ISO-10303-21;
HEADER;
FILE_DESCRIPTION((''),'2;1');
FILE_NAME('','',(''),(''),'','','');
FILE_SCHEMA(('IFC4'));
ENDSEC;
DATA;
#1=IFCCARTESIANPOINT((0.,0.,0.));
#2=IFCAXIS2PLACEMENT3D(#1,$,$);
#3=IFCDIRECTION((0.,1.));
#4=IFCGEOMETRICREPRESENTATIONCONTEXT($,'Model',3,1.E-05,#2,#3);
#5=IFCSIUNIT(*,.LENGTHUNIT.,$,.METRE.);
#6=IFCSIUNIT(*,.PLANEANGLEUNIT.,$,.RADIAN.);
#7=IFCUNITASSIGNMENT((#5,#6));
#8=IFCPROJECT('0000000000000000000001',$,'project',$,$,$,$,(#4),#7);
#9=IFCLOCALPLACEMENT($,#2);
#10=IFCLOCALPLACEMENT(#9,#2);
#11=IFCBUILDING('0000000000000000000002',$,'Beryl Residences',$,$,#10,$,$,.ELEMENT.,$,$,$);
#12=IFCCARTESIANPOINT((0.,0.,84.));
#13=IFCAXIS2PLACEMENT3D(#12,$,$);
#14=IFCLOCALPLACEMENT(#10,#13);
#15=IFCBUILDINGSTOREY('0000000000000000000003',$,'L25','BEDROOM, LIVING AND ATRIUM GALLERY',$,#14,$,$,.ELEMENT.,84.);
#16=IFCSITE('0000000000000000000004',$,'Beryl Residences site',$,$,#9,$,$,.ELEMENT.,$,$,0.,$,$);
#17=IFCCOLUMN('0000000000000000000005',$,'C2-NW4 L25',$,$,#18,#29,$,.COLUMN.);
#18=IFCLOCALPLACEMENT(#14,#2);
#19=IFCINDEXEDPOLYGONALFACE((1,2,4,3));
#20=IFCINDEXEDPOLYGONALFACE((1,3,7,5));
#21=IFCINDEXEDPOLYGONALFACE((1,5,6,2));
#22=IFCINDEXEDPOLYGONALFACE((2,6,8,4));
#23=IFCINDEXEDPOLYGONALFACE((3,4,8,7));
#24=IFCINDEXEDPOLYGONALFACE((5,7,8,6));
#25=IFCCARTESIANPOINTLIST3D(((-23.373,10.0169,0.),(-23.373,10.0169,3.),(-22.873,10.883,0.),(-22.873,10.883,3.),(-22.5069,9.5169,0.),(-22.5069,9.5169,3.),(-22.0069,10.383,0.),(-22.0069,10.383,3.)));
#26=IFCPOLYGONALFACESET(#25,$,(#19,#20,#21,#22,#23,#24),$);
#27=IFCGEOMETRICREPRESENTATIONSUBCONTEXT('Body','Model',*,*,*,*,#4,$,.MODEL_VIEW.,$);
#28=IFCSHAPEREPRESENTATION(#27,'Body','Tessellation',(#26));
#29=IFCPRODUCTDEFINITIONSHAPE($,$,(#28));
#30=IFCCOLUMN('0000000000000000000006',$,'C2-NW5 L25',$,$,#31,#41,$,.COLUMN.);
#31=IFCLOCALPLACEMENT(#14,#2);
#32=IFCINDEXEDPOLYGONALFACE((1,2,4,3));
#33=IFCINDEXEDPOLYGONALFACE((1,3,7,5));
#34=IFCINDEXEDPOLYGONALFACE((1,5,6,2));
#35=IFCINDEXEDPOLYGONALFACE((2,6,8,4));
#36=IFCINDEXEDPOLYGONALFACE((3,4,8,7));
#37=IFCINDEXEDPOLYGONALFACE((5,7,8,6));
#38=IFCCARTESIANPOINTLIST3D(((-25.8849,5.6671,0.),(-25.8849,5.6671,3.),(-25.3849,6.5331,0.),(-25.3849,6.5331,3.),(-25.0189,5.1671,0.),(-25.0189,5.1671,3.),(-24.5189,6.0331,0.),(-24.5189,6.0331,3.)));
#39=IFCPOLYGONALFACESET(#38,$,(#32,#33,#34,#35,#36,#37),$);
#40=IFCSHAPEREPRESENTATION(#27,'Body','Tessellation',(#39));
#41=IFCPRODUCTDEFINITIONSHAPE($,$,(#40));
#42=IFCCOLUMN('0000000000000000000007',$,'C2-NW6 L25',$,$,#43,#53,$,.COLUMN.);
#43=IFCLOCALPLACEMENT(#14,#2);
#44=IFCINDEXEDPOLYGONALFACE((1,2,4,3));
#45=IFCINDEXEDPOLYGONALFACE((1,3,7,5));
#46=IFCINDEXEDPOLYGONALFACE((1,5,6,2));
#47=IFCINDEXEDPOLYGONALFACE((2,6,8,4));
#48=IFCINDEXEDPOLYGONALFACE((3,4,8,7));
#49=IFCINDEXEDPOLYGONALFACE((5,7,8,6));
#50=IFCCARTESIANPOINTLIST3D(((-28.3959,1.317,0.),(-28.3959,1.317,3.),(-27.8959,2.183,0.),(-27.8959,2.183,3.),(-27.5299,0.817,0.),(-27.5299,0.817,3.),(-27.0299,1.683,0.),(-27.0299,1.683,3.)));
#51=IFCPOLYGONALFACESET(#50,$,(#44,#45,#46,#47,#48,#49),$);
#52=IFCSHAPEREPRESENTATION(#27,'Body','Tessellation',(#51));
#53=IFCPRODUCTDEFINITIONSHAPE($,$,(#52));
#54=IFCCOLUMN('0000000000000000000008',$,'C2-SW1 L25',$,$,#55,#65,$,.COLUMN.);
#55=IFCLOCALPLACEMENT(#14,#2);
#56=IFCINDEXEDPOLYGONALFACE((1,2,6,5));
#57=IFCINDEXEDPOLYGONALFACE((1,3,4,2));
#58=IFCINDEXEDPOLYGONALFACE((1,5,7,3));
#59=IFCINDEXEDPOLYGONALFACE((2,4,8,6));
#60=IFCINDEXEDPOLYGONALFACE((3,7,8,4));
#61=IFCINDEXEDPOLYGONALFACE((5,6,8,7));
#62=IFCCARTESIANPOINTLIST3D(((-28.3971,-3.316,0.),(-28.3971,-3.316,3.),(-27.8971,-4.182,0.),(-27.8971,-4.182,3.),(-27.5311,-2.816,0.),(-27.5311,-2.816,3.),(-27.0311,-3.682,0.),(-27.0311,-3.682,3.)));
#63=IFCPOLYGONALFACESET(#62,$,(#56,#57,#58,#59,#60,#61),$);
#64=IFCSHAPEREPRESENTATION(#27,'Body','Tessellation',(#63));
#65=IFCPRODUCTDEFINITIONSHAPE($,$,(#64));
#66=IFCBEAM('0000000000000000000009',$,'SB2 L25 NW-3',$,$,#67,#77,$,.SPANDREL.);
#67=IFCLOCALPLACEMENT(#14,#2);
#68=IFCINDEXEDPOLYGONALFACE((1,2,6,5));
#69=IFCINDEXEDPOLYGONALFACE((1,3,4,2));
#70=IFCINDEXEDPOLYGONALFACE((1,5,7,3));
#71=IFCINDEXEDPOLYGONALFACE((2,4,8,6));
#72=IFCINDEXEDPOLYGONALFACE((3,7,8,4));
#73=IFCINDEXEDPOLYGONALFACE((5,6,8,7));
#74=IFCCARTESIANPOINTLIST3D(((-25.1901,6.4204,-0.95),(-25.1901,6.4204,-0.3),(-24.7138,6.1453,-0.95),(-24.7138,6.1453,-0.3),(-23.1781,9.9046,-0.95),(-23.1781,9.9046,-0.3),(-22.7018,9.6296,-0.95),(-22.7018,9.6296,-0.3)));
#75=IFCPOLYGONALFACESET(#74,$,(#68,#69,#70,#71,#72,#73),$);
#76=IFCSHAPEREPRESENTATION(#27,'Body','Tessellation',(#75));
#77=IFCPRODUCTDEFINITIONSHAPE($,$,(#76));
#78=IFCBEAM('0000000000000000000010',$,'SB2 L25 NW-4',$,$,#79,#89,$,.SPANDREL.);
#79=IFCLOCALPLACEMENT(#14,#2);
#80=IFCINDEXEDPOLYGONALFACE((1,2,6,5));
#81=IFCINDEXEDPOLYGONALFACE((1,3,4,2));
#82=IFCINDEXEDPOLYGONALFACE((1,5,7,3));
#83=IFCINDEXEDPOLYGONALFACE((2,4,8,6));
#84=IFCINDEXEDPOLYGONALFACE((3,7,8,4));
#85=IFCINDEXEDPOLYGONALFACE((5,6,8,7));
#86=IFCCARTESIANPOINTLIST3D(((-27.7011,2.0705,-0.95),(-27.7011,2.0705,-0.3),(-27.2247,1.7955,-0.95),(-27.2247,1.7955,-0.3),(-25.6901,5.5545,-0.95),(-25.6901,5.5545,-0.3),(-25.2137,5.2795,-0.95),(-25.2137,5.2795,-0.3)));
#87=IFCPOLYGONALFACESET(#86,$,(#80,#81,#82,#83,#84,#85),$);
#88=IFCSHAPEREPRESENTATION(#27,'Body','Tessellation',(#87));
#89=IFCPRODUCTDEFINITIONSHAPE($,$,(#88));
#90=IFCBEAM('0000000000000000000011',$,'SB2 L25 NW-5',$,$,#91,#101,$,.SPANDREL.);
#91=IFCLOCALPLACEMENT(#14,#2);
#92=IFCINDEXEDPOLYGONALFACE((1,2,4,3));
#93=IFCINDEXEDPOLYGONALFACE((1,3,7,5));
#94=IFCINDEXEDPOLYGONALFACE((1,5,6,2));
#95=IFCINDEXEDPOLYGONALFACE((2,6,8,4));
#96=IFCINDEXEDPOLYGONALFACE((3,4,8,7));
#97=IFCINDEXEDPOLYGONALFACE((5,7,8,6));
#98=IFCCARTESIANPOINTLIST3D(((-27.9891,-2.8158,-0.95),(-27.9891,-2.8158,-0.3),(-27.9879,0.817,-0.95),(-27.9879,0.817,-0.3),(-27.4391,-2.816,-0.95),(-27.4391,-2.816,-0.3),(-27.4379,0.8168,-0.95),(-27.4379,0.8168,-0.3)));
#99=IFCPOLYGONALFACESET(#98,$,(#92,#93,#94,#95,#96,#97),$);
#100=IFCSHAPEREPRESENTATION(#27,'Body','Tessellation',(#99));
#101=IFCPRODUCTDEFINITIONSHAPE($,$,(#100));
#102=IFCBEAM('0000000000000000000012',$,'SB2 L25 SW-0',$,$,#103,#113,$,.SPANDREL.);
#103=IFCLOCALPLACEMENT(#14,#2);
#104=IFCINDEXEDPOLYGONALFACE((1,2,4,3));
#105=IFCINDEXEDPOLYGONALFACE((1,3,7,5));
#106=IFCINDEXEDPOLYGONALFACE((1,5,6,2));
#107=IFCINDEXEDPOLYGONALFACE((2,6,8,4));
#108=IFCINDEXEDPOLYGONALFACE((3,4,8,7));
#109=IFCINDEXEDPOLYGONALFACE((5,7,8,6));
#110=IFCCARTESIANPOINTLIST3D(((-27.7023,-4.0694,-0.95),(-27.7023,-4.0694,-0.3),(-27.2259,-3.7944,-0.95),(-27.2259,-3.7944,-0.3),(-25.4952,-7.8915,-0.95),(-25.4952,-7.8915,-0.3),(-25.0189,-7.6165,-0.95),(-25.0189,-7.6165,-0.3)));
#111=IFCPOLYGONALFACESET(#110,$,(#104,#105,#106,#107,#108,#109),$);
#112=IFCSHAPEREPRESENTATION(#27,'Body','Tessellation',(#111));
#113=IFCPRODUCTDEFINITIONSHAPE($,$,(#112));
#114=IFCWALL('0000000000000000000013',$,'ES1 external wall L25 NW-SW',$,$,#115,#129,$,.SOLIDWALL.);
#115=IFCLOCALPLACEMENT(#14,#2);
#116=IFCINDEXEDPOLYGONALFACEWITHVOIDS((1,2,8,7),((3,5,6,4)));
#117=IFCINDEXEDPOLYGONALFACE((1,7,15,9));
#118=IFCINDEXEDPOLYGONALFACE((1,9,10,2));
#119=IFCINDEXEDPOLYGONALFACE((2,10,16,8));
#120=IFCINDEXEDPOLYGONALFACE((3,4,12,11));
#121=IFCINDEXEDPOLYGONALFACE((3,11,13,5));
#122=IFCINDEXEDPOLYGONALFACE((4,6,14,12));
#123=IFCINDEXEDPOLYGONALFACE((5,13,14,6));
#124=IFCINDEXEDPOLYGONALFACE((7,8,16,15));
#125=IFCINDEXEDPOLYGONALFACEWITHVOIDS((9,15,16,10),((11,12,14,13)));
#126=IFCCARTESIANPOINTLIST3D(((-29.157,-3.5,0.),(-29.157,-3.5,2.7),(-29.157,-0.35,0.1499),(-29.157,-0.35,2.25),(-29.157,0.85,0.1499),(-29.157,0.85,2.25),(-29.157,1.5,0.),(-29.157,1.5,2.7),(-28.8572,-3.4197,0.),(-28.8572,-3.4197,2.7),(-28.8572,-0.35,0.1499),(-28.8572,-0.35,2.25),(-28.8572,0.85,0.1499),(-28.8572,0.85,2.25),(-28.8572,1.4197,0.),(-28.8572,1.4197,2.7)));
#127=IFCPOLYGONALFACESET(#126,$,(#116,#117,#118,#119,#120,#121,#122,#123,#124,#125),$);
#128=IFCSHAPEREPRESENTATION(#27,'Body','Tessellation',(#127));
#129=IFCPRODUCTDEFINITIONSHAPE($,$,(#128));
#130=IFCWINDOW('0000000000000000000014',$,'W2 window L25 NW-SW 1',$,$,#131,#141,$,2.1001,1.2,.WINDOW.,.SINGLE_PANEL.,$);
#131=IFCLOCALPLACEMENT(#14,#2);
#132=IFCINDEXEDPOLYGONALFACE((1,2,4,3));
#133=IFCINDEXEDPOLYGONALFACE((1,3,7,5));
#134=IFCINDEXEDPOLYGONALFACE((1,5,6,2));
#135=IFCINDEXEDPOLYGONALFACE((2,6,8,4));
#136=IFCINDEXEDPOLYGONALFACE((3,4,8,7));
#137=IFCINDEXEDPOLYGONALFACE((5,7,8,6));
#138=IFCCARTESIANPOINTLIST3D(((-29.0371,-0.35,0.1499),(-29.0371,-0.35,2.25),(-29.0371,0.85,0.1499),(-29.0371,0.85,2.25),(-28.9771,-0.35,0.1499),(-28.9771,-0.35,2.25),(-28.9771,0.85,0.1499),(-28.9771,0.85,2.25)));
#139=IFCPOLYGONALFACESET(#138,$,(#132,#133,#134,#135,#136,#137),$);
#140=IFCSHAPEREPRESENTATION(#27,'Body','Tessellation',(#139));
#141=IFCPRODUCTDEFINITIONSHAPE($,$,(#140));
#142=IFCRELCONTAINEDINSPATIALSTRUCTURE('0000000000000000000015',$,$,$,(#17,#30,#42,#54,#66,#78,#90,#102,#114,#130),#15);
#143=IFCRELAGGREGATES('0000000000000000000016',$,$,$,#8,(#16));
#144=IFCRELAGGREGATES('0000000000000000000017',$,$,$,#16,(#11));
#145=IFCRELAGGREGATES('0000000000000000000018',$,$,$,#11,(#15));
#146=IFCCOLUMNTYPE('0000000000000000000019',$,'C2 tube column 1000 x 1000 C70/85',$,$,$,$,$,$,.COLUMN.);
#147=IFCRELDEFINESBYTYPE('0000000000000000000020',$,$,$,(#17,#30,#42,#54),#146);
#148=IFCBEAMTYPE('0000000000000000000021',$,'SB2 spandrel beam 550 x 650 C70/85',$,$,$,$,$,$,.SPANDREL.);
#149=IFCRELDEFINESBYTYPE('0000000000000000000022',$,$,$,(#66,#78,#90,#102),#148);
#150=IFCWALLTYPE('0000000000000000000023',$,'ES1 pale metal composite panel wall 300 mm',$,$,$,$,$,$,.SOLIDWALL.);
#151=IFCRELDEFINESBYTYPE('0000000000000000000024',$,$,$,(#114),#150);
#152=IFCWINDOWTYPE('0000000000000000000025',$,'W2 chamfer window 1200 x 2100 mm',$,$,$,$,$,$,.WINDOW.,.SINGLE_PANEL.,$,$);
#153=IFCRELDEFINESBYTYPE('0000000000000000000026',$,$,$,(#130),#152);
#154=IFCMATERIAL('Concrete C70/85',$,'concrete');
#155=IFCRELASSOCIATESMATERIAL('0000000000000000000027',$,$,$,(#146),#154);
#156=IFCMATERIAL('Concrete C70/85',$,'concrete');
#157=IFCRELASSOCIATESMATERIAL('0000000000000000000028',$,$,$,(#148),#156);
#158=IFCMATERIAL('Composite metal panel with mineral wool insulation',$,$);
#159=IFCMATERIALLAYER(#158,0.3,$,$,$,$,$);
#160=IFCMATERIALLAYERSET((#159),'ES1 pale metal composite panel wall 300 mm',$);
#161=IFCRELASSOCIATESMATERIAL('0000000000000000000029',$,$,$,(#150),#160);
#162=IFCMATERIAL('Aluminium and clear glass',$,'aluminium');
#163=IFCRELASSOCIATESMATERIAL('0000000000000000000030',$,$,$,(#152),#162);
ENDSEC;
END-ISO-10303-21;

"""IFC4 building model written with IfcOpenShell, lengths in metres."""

from ifc_helpers import new_model, si_unit, direction, frame, frame_2d, origin, origin_2d, place, context, subcontext, project, spatial, polyline, rectangle, outline, extrude, material, layer, layer_set, material_profile, profile_set, type_object, element, fill, save


model = new_model("IFC4")

# Units and contexts
model_context = context("Model", 3, precision=1e-05, world=origin(), true_north=direction((0.0, 1.0)))
body_context = subcontext(model_context, "Body", "Model", "MODEL_VIEW")
ifc_project = project(units=[si_unit("LENGTHUNIT", "METRE"), si_unit("PLANEANGLEUNIT", "RADIAN")], contexts=[model_context])

# Site, building, storey
site_placement = place(None, origin())
site = spatial("IfcSite", under=ifc_project, at=site_placement, Name="Beryl Residences site", CompositionType="ELEMENT", RefElevation=0.0)
building_placement = place(site_placement, origin())
building = spatial("IfcBuilding", under=site, at=building_placement, Name="Beryl Residences", CompositionType="ELEMENT")
storey_placement = place(building_placement, frame((0.0, 0.0, 84.0)))
storey = spatial("IfcBuildingStorey", under=building, at=storey_placement, Name="L25", Description="BEDROOM, LIVING AND ATRIUM GALLERY", CompositionType="ELEMENT", Elevation=84.0)

# Columns
ifc_material_1 = material(Name="Concrete C70/85", Category="concrete")
ifc_material_profile_1 = material_profile(ifc_material_1, rectangle(XDim=1.0, YDim=1.0, at=origin_2d()))
ifc_profile_set_1 = profile_set([ifc_material_profile_1], Name="Concrete C70/85")
column_type = type_object("IfcColumnType", Name="C2 tube column 1000 x 1000 C70/85", PredefinedType="COLUMN", material=ifc_profile_set_1)
for number, where, z_axis, x_axis, name in (
    (1, (-22.6899, 10.2, 0.0), (0.0, 0.0, 1.0), (-0.5, -0.866025, 0.0), "C2-NW4 L25"),
    (2, (-25.2019, 5.8501, 0.0), (0.0, 0.0, 1.0), (-0.5, -0.866025, 0.0), "C2-NW5 L25"),
    (3, (-27.7129, 1.5, 0.0), (0.0, 0.0, 1.0), (-0.5, -0.866025, 0.0), "C2-NW6 L25"),
    (4, (-27.7141, -3.499, 0.0), (0.0, 0.0, 1.0), (0.5, -0.866025, 0.0), "C2-SW1 L25"),
):
    element("IfcColumn", number, at=place(storey_placement, frame(where, z_axis=z_axis, x_axis=x_axis)), inside=storey, type_object=column_type, Name=name, PredefinedType="COLUMN", context=body_context, shape_type="SweptSolid", body=[
        extrude(rectangle(XDim=1.0, YDim=1.0, at=origin_2d()), origin(), (0.0, 0.0, 1.0), 3.0),
    ])

# Beams
ifc_material_2 = material(Name="Concrete C70/85", Category="concrete")
ifc_material_profile_2 = material_profile(ifc_material_2, rectangle(XDim=0.55, YDim=0.6499, at=origin_2d()))
ifc_profile_set_2 = profile_set([ifc_material_profile_2], Name="Concrete C70/85")
beam_type = type_object("IfcBeamType", Name="SB2 spandrel beam 550 x 650 C70/85", PredefinedType="SPANDREL", material=ifc_profile_set_2)
beam_1_placement = place(storey_placement, frame((-22.9399, 9.7671, -0.625), z_axis=(-0.500074, -0.865982, 0.0), x_axis=(0.865982, -0.500074, 0.0)))
element("IfcBeam", 5, at=beam_1_placement, inside=storey, type_object=beam_type, Name="SB2 L25 NW-3", PredefinedType="SPANDREL", context=body_context, shape_type="SweptSolid", body=[
    extrude(rectangle(XDim=0.55, YDim=0.6499, at=origin_2d()), origin(), (0.0, 0.0, 1.0), 4.0234),
])
beam_2_placement = place(storey_placement, frame((-25.4519, 5.417, -0.625), z_axis=(-0.499919, -0.866072, 0.0), x_axis=(0.866072, -0.499919, 0.0)))
element("IfcBeam", 6, at=beam_2_placement, inside=storey, type_object=beam_type, Name="SB2 L25 NW-4", PredefinedType="SPANDREL", context=body_context, shape_type="SweptSolid", body=[
    extrude(rectangle(XDim=0.55, YDim=0.6499, at=origin_2d()), origin(), (0.0, 0.0, 1.0), 4.0227),
])
beam_3_placement = place(storey_placement, frame((-27.7129, 0.8169, -0.625), z_axis=(-0.000336, -1.0, 0.0), x_axis=(1.0, -0.000336, 0.0)))
element("IfcBeam", 7, at=beam_3_placement, inside=storey, type_object=beam_type, Name="SB2 L25 NW-5", PredefinedType="SPANDREL", context=body_context, shape_type="SweptSolid", body=[
    extrude(rectangle(XDim=0.55, YDim=0.6499, at=origin_2d()), origin(), (0.0, 0.0, 1.0), 3.6328),
])
beam_4_placement = place(storey_placement, frame((-27.4641, -3.9319, -0.625), z_axis=(0.500066, -0.865988, 0.0), x_axis=(0.865988, 0.500066, 0.0)))
element("IfcBeam", 8, at=beam_4_placement, inside=storey, type_object=beam_type, Name="SB2 L25 SW-0", PredefinedType="SPANDREL", context=body_context, shape_type="SweptSolid", body=[
    extrude(rectangle(XDim=0.55, YDim=0.6499, at=origin_2d()), origin(), (0.0, 0.0, 1.0), 4.4136),
])

# Wall, opening, window
ifc_material_3 = material(Name="Composite metal panel with mineral wool insulation")
ifc_layer_1 = layer(ifc_material_3, 0.3)
ifc_layer_set_1 = layer_set([ifc_layer_1], Name="ES1 pale metal composite panel wall 300 mm")
wall_type_1 = type_object("IfcWallType", Name="ES1 pale metal composite panel wall 300 mm", PredefinedType="SOLIDWALL", material=ifc_layer_set_1)
wall_1_placement = place(storey_placement, frame((-29.0071, 1.5, 0.0), z_axis=(0.0, 0.0, 1.0), x_axis=(0.0, -1.0, 0.0)))
wall_1 = element("IfcWall", 9, at=wall_1_placement, inside=storey, type_object=wall_type_1, Name="ES1 external wall L25 NW-SW", PredefinedType="SOLIDWALL", context=body_context, shape_type="SweptSolid", body=[
    extrude(outline(polyline([(0.0, -0.1499), (5.0, -0.1499), (4.9197, 0.1499), (0.0803, 0.1499), (0.0, -0.1499)])), origin(), (0.0, 0.0, 1.0), 2.7),
])
opening_1_placement = place(wall_1_placement, frame((0.6499, 0.0, 0.1499)))
opening_1 = element("IfcOpeningElement", 10, at=opening_1_placement, cuts=wall_1, PredefinedType="OPENING", context=body_context, shape_type="SweptSolid", body=[
    extrude(rectangle(XDim=1.2, YDim=2.1001, at=frame_2d((0.6001, 1.05))), frame((0.0, 0.1599, 0.0), z_axis=(0.0, -1.0, 0.0), x_axis=(1.0, 0.0, 0.0)), (0.0, 0.0, 1.0), 0.3201),
])
ifc_material_4 = material(Name="Aluminium and clear glass", Category="aluminium")
window_type_1 = type_object("IfcWindowType", Name="W2 chamfer window 1200 x 2100 mm", PartitioningType="SINGLE_PANEL", PredefinedType="WINDOW", material=ifc_material_4)
window_1_placement = place(opening_1_placement, origin())
window_1 = element("IfcWindow", 11, at=window_1_placement, inside=storey, type_object=window_type_1, Name="W2 window L25 NW-SW 1", OverallHeight=2.1001, OverallWidth=1.2, PartitioningType="SINGLE_PANEL", PredefinedType="WINDOW", context=body_context, shape_type="SweptSolid", body=[
    extrude(rectangle(XDim=1.2, YDim=2.1001, at=frame_2d((0.6001, 1.05))), frame((0.0, 0.03, 0.0), z_axis=(0.0, -1.0, 0.0), x_axis=(1.0, 0.0, 0.0)), (0.0, 0.0, 1.0), 0.0601),
])
fill(opening_1, window_1)

save(model, "model.ifc")
